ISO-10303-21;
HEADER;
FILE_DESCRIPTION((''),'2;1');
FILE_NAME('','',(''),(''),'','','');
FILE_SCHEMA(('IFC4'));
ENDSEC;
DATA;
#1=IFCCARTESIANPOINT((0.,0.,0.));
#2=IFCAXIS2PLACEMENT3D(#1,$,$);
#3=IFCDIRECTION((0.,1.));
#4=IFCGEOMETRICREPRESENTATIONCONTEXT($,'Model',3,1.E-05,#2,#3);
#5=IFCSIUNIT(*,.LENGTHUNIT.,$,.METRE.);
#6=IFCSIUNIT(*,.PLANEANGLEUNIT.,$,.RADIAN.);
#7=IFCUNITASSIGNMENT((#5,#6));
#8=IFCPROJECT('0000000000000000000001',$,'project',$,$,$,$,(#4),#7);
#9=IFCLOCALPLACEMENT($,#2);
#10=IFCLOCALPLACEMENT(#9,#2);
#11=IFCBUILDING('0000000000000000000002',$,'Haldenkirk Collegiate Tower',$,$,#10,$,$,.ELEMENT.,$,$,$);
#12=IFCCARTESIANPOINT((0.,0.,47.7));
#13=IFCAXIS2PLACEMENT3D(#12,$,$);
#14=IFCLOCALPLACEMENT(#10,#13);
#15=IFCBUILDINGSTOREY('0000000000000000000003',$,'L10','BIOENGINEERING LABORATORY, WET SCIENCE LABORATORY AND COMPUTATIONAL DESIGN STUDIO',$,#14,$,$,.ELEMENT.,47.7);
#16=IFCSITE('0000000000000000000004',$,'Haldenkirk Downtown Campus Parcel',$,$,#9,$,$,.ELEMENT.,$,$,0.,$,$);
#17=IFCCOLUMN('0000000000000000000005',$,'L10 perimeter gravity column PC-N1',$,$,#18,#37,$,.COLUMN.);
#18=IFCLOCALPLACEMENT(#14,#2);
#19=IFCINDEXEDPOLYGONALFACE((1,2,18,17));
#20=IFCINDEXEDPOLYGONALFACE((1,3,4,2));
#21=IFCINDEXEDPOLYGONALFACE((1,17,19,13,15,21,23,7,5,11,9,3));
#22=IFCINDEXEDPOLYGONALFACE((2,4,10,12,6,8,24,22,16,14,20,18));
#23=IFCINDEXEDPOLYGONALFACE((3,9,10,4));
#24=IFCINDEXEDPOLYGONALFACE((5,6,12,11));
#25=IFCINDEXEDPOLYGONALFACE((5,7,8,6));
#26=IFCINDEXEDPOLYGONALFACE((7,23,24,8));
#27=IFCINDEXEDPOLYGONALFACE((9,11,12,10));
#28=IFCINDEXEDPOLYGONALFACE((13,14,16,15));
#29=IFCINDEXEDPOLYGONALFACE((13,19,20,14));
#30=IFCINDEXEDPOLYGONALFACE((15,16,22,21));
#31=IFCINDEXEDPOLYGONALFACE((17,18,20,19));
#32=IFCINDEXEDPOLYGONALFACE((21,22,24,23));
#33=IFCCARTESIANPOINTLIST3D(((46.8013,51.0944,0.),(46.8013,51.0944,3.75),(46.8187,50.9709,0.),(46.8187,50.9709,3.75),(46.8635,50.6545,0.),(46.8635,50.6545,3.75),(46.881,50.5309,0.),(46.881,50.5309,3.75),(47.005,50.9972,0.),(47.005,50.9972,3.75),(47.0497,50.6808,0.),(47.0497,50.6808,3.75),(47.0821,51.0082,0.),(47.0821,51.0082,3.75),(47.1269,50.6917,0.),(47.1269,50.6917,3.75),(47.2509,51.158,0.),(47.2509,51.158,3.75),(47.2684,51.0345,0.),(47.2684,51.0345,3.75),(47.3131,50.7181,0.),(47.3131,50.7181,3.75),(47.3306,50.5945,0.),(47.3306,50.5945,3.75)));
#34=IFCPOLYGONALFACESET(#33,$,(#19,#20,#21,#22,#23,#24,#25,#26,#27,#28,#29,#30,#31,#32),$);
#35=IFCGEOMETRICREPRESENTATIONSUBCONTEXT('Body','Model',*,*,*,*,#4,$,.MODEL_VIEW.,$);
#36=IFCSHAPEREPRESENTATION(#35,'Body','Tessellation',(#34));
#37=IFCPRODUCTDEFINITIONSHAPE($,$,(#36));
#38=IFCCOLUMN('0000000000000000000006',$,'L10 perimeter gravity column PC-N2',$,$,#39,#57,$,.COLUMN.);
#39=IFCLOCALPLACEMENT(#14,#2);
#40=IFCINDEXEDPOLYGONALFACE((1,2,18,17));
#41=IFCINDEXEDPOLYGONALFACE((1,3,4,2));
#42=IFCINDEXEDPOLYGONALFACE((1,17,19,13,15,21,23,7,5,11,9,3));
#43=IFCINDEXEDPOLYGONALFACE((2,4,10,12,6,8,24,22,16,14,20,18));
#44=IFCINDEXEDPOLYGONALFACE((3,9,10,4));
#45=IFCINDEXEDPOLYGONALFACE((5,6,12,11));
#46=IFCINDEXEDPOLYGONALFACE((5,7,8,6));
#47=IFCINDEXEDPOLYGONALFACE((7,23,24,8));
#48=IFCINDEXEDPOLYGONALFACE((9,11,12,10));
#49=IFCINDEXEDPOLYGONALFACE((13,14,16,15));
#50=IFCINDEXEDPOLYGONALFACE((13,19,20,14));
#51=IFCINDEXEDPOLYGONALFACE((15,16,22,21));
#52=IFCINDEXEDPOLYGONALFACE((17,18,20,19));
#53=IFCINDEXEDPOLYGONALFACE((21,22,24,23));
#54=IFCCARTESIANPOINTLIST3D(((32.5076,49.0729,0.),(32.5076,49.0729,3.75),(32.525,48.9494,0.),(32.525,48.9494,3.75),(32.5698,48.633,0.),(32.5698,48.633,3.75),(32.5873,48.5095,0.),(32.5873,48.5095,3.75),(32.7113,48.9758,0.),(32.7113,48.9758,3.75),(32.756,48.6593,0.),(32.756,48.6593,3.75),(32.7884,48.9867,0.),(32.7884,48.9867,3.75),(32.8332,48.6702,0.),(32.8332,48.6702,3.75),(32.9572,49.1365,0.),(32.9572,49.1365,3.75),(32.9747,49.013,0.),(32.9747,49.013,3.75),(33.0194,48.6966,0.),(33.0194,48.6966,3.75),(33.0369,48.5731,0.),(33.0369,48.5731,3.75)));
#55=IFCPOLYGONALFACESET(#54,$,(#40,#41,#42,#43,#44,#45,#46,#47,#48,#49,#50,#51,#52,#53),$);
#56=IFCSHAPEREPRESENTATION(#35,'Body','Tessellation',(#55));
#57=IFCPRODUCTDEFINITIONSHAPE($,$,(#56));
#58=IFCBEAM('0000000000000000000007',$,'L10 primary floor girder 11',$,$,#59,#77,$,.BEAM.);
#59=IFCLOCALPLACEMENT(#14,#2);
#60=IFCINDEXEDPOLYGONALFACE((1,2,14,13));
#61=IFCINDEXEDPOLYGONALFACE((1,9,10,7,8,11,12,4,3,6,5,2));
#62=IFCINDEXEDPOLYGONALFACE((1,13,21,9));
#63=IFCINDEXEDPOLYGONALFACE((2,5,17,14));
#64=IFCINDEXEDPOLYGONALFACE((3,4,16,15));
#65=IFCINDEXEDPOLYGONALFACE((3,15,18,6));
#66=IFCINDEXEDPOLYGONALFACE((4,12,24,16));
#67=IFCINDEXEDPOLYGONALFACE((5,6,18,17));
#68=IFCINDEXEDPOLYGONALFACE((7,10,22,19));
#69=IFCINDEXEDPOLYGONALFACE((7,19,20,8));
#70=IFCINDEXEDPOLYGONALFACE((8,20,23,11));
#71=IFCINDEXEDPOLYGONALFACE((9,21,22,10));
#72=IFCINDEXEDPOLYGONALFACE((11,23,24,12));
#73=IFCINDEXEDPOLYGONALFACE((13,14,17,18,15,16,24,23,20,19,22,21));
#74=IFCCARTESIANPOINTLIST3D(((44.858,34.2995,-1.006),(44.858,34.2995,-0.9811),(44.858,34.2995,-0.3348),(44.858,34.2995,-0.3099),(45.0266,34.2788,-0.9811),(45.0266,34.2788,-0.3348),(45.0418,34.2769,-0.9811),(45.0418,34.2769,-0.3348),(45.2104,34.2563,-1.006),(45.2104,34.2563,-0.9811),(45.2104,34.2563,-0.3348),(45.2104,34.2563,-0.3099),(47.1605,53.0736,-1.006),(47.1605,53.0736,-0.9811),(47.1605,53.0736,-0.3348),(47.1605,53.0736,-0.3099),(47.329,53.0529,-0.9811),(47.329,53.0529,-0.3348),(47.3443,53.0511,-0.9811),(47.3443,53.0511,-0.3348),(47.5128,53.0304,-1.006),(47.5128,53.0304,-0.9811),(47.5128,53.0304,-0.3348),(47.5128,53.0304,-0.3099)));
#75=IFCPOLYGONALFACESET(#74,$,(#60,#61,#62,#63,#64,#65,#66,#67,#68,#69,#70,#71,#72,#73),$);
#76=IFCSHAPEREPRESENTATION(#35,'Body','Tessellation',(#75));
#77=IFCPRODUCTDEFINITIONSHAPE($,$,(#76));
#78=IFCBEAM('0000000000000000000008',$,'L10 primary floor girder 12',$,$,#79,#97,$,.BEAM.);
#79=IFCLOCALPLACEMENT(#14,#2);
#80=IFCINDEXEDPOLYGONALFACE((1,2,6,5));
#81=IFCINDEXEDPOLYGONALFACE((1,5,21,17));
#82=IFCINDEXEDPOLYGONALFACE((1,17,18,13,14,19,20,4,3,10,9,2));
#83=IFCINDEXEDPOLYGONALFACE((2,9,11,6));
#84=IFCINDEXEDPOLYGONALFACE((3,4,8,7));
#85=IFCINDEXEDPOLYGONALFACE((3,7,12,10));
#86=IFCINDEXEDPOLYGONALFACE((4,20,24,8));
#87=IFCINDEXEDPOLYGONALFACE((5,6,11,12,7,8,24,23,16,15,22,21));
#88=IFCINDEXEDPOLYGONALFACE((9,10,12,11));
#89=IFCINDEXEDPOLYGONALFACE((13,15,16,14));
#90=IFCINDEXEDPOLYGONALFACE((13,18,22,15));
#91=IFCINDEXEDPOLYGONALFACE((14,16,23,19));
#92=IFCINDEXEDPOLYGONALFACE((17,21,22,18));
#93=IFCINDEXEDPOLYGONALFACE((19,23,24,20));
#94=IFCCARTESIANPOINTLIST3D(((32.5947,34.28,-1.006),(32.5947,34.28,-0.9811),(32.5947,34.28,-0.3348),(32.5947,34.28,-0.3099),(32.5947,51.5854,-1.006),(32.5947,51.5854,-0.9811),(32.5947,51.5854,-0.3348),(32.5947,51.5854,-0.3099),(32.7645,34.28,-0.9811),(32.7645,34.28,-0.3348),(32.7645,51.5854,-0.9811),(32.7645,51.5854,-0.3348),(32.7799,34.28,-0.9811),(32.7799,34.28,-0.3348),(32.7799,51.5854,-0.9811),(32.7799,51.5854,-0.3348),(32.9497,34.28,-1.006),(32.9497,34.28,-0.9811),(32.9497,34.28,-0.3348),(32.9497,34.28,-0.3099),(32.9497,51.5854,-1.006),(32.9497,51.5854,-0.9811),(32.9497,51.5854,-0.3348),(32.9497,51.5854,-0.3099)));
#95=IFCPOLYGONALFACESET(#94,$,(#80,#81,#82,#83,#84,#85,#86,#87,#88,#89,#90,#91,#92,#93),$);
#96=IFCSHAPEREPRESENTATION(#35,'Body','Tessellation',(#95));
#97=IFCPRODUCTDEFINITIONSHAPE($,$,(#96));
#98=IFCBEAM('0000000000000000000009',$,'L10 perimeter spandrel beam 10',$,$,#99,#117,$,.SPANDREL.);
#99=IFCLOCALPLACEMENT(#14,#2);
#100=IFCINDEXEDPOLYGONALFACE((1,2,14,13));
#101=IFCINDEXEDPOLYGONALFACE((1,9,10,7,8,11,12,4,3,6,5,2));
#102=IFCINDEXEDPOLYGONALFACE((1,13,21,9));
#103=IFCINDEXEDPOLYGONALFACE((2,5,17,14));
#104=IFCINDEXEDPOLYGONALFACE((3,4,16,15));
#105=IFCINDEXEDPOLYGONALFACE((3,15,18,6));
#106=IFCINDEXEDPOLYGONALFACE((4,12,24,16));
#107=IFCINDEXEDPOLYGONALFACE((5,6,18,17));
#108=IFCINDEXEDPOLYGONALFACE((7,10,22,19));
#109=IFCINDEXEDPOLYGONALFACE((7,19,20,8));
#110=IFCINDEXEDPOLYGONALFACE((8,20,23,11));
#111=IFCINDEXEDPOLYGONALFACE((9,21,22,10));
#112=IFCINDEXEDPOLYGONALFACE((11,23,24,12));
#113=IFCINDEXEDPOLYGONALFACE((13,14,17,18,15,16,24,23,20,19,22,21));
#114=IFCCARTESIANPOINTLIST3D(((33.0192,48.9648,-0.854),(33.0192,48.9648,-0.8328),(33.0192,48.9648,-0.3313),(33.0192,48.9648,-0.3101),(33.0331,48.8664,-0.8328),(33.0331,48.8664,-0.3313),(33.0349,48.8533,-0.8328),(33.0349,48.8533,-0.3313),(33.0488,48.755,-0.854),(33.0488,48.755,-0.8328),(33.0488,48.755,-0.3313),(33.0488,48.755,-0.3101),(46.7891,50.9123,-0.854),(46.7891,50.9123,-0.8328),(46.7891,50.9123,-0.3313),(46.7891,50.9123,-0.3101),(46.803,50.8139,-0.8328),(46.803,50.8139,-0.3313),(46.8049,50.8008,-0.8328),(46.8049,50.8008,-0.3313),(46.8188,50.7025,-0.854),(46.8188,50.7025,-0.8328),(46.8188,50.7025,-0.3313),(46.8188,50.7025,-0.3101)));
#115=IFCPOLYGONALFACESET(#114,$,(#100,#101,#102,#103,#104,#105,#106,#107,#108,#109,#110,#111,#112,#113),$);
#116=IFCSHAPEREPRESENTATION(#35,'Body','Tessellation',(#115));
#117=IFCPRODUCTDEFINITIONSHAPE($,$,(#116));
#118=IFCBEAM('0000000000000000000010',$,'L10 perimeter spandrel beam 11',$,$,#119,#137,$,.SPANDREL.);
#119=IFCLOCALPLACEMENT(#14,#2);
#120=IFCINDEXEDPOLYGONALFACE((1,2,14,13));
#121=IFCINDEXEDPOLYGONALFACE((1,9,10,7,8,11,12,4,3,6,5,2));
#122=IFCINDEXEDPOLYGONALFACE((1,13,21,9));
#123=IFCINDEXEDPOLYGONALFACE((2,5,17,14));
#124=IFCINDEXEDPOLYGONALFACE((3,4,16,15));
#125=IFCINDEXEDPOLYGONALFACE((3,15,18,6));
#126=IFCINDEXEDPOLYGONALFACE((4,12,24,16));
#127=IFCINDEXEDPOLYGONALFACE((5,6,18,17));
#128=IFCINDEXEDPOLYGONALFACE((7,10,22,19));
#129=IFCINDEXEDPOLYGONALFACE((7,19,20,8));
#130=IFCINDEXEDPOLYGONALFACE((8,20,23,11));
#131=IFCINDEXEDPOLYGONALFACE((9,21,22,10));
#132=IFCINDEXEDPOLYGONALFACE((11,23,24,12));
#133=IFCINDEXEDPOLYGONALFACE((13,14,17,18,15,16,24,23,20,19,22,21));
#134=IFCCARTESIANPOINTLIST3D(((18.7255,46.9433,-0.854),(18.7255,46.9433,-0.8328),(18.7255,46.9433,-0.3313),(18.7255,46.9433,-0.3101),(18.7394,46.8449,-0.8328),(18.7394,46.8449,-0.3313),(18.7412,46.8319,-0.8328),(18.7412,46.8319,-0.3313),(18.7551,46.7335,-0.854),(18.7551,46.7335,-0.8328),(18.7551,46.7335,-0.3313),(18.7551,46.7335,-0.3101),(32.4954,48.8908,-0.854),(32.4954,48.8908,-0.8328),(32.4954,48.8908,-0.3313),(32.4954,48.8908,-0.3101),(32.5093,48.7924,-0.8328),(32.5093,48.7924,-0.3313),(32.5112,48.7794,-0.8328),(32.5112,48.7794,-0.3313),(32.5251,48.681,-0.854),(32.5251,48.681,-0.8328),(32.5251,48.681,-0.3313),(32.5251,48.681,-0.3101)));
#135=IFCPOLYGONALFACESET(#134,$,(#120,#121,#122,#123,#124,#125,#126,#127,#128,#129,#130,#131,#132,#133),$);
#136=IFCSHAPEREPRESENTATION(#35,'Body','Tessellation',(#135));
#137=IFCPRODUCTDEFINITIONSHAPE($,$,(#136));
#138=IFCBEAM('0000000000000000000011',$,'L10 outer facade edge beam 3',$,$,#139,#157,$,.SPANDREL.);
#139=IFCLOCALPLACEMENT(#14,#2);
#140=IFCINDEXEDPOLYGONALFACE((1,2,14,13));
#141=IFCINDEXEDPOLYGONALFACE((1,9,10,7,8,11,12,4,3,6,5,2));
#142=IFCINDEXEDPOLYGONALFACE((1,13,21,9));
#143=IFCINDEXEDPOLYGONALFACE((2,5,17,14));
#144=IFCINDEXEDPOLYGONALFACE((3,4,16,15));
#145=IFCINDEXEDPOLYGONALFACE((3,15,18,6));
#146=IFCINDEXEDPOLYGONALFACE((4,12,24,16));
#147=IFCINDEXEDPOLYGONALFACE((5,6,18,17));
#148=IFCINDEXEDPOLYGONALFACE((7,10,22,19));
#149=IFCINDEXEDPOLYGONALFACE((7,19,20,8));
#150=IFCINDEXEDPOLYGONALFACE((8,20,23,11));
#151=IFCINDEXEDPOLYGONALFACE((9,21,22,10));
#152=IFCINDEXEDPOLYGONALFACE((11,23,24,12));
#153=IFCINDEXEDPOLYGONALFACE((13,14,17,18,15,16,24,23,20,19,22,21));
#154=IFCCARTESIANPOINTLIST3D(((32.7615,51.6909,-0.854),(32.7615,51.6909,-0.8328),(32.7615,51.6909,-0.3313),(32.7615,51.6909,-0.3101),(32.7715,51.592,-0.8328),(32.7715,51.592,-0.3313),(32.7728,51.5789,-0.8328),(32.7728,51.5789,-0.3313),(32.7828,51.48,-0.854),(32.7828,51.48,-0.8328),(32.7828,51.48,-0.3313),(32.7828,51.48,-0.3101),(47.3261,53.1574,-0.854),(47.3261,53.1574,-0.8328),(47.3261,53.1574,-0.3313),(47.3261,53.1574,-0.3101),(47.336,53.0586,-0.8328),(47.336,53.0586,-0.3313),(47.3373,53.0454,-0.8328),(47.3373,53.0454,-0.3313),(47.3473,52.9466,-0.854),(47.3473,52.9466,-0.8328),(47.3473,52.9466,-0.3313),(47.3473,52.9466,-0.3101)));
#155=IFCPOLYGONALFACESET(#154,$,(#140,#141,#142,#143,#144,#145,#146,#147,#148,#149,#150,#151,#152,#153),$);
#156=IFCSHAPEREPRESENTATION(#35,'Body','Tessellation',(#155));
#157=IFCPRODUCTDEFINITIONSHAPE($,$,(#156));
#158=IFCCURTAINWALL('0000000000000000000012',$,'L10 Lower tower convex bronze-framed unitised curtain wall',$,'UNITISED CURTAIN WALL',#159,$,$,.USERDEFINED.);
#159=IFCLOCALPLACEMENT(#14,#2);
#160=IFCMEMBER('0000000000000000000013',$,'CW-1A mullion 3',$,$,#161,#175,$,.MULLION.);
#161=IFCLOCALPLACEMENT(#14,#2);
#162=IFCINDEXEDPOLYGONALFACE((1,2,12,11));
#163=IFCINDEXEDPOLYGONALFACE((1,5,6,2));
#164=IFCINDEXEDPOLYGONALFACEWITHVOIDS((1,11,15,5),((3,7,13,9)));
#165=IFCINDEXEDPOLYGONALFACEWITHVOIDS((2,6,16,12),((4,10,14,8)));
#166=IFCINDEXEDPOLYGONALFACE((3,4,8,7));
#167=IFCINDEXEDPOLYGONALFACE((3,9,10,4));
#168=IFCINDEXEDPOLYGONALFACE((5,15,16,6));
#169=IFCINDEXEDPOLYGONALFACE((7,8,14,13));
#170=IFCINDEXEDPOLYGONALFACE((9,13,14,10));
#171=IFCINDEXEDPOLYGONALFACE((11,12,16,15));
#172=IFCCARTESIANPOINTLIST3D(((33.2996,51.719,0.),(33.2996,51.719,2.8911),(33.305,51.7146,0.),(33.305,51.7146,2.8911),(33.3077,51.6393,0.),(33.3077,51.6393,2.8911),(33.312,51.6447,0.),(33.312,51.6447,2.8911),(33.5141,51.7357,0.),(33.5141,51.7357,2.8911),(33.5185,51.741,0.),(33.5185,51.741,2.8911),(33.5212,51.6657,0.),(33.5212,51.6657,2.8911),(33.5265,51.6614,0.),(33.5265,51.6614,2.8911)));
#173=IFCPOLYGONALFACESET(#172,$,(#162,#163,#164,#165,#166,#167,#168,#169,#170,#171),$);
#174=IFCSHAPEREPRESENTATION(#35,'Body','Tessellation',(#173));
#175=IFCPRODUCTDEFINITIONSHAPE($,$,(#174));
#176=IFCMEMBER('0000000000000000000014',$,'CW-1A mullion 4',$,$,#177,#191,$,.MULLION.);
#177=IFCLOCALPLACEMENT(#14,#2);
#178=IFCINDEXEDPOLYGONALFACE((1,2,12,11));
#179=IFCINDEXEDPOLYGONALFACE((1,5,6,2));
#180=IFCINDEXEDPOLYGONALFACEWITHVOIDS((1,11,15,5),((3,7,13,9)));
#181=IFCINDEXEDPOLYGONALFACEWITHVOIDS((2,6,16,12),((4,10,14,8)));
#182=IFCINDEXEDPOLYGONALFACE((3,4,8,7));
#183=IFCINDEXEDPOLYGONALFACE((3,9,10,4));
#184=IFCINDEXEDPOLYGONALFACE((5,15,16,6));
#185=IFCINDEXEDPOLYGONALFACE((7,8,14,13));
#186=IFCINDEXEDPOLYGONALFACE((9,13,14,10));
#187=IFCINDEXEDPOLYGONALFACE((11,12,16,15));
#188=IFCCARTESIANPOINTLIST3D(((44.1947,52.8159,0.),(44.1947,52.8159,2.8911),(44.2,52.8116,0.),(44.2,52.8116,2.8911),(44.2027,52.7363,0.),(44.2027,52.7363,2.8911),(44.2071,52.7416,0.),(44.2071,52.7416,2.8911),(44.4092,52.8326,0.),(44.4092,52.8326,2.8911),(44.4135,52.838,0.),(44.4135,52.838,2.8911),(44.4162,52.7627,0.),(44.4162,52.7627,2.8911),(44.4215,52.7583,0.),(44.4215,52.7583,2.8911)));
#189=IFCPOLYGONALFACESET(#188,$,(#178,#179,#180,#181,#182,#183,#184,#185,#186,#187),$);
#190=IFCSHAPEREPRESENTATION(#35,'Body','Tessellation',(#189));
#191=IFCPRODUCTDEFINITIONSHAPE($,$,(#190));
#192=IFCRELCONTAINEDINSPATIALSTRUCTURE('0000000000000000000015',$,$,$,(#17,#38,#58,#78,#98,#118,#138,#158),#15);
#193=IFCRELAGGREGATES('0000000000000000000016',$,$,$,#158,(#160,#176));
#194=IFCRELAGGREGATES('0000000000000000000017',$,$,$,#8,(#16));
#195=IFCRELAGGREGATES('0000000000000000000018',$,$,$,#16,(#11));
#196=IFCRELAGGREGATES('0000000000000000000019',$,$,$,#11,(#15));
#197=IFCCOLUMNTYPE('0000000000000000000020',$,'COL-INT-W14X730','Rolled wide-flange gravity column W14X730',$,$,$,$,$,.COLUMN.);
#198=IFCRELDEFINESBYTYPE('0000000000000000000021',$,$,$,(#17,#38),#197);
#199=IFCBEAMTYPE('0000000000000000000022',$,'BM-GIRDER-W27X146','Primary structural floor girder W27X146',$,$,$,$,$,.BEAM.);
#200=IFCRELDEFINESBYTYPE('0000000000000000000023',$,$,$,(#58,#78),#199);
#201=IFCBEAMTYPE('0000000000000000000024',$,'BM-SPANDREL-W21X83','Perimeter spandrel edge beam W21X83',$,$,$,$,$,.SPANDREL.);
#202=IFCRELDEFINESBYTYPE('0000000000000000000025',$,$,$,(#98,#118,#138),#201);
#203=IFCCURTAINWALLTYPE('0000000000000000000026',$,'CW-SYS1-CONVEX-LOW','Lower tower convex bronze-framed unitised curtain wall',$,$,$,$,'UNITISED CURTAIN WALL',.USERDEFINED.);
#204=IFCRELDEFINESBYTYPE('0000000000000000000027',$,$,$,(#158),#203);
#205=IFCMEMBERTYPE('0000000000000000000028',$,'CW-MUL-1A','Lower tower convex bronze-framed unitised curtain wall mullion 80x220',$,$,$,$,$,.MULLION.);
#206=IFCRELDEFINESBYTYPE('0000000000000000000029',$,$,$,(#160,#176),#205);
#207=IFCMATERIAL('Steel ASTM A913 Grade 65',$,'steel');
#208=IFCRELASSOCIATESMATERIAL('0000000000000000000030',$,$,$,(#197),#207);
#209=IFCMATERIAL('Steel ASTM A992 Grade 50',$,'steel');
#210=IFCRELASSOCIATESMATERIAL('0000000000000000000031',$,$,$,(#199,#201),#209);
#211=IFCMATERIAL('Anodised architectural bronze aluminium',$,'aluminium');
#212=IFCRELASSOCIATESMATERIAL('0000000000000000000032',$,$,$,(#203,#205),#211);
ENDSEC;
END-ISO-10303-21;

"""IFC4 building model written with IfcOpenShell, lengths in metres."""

from ifc_helpers import new_model, si_unit, direction, frame, origin, origin_2d, place, context, subcontext, project, spatial, hollow_rectangle, i_section, extrude, material, material_profile, profile_set, type_object, element, aggregate, save


model = new_model("IFC4")

# Units and contexts
model_context = context("Model", 3, precision=1e-05, world=origin(), true_north=direction((0.0, 1.0)))
body_context = subcontext(model_context, "Body", "Model", "MODEL_VIEW")
ifc_project = project(units=[si_unit("LENGTHUNIT", "METRE"), si_unit("PLANEANGLEUNIT", "RADIAN")], contexts=[model_context])

# Site, building, storey
site_placement = place(None, origin())
site = spatial("IfcSite", under=ifc_project, at=site_placement, Name="Haldenkirk Downtown Campus Parcel", CompositionType="ELEMENT", RefElevation=0.0)
building_placement = place(site_placement, origin())
building = spatial("IfcBuilding", under=site, at=building_placement, Name="Haldenkirk Collegiate Tower", CompositionType="ELEMENT")
storey_placement = place(building_placement, frame((0.0, 0.0, 47.7)))
storey = spatial("IfcBuildingStorey", under=building, at=storey_placement, Name="L10", Description="BIOENGINEERING LABORATORY, WET SCIENCE LABORATORY AND COMPUTATIONAL DESIGN STUDIO", CompositionType="ELEMENT", Elevation=47.7)

# Columns
ifc_material_1 = material(Name="Steel ASTM A913 Grade 65", Category="steel")
ifc_material_profile_1 = material_profile(ifc_material_1, i_section(OverallWidth=0.4541, OverallDepth=0.5691, WebThickness=0.0779, FlangeThickness=0.1248, at=origin_2d()), Name="W14X730")
ifc_profile_set_1 = profile_set([ifc_material_profile_1], Name="Steel ASTM A913 Grade 65")
column_type = type_object("IfcColumnType", Name="COL-INT-W14X730", Description="Rolled wide-flange gravity column W14X730", PredefinedType="COLUMN", material=ifc_profile_set_1)
for number, where, z_axis, x_axis, name in (
    (1, (47.0659, 50.8445, 0.0), (0.0, 0.0, 1.0), (0.990146, 0.140037, 0.0), "L10 perimeter gravity column PC-N1"),
    (2, (32.7722, 48.823, 0.0), (0.0, 0.0, 1.0), (0.990146, 0.140037, 0.0), "L10 perimeter gravity column PC-N2"),
):
    element("IfcColumn", number, at=place(storey_placement, frame(where, z_axis=z_axis, x_axis=x_axis)), inside=storey, type_object=column_type, Name=name, PredefinedType="COLUMN", context=body_context, shape_type="SweptSolid", body=[
        extrude(i_section(OverallWidth=0.4541, OverallDepth=0.5691, WebThickness=0.0779, FlangeThickness=0.1248, at=origin_2d()), origin(), (0.0, 0.0, 1.0), 3.75),
    ])

# Beams
ifc_material_2 = material(Name="Steel ASTM A992 Grade 50", Category="steel")
ifc_material_profile_2 = material_profile(ifc_material_2, i_section(OverallWidth=0.355, OverallDepth=0.696, WebThickness=0.0154, FlangeThickness=0.0249, at=origin_2d()), Name="W27X146")
ifc_profile_set_2 = profile_set([ifc_material_profile_2], Name="Steel ASTM A992 Grade 50")
beam_type_1 = type_object("IfcBeamType", Name="BM-GIRDER-W27X146", Description="Primary structural floor girder W27X146", PredefinedType="BEAM", material=ifc_profile_set_2)
beam_1_placement = place(storey_placement, frame((47.3367, 53.052, -0.658), z_axis=(-0.121729, -0.992563, 0.0), x_axis=(0.992563, -0.121729, 0.0)))
element("IfcBeam", 3, at=beam_1_placement, inside=storey, type_object=beam_type_1, Name="L10 primary floor girder 11", PredefinedType="BEAM", context=body_context, shape_type="SweptSolid", body=[
    extrude(i_section(OverallWidth=0.355, OverallDepth=0.696, WebThickness=0.0154, FlangeThickness=0.0249, at=origin_2d()), origin(), (0.0, 0.0, 1.0), 18.9148),
])
beam_2_placement = place(storey_placement, frame((32.7722, 51.5854, -0.658), z_axis=(0.0, -1.0, 0.0), x_axis=(1.0, 0.0, 0.0)))
element("IfcBeam", 4, at=beam_2_placement, inside=storey, type_object=beam_type_1, Name="L10 primary floor girder 12", PredefinedType="BEAM", context=body_context, shape_type="SweptSolid", body=[
    extrude(i_section(OverallWidth=0.355, OverallDepth=0.696, WebThickness=0.0154, FlangeThickness=0.0249, at=origin_2d()), origin(), (0.0, 0.0, 1.0), 17.3054),
])
ifc_material_profile_3 = material_profile(ifc_material_2, i_section(OverallWidth=0.2119, OverallDepth=0.5439, WebThickness=0.0132, FlangeThickness=0.0212, at=origin_2d()), Name="W21X83")
ifc_profile_set_3 = profile_set([ifc_material_profile_3], Name="Steel ASTM A992 Grade 50")
beam_type_2 = type_object("IfcBeamType", Name="BM-SPANDREL-W21X83", Description="Perimeter spandrel edge beam W21X83", PredefinedType="SPANDREL", material=ifc_profile_set_3)
for number, where, z_axis, x_axis, name in (
    (5, (46.804, 50.8074, -0.582), (-0.990146, -0.140038, 0.0), (0.140038, -0.990146, 0.0), "L10 perimeter spandrel beam 10"),
    (6, (32.5103, 48.7859, -0.582), (-0.990146, -0.140038, 0.0), (0.140038, -0.990146, 0.0), "L10 perimeter spandrel beam 11"),
):
    element("IfcBeam", number, at=place(storey_placement, frame(where, z_axis=z_axis, x_axis=x_axis)), inside=storey, type_object=beam_type_2, Name=name, PredefinedType="SPANDREL", context=body_context, shape_type="SweptSolid", body=[
        extrude(i_section(OverallWidth=0.2119, OverallDepth=0.5439, WebThickness=0.0132, FlangeThickness=0.0212, at=origin_2d()), origin(), (0.0, 0.0, 1.0), 13.907),
    ])
beam_3_placement = place(storey_placement, frame((47.3367, 53.052, -0.582), z_axis=(-0.994969, -0.100187, 0.0), x_axis=(0.100187, -0.994969, 0.0)))
element("IfcBeam", 7, at=beam_3_placement, inside=storey, type_object=beam_type_2, Name="L10 outer facade edge beam 3", PredefinedType="SPANDREL", context=body_context, shape_type="SweptSolid", body=[
    extrude(i_section(OverallWidth=0.2119, OverallDepth=0.5439, WebThickness=0.0132, FlangeThickness=0.0212, at=origin_2d()), origin(), (0.0, 0.0, 1.0), 14.6382),
])

# Curtain wall, members
ifc_material_3 = material(Name="Anodised architectural bronze aluminium", Category="aluminium")
curtain_wall_type = type_object("IfcCurtainWallType", Name="CW-SYS1-CONVEX-LOW", Description="Lower tower convex bronze-framed unitised curtain wall", ElementType="UNITISED CURTAIN WALL", PredefinedType="USERDEFINED", material=ifc_material_3)
curtain_wall_placement = place(storey_placement, origin())
curtain_wall = element("IfcCurtainWall", 8, at=curtain_wall_placement, inside=storey, type_object=curtain_wall_type, Name="L10 Lower tower convex bronze-framed unitised curtain wall", ObjectType="UNITISED CURTAIN WALL", PredefinedType="USERDEFINED")
ifc_material_profile_4 = material_profile(ifc_material_3, hollow_rectangle(XDim=0.0801, YDim=0.22, WallThickness=0.0049, at=origin_2d()), Name="CW-MUL-1A")
ifc_profile_set_4 = profile_set([ifc_material_profile_4], Name="Anodised architectural bronze aluminium")
member_type_1 = type_object("IfcMemberType", Name="CW-MUL-1A", Description="Lower tower convex bronze-framed unitised curtain wall mullion 80x220", PredefinedType="MULLION", material=ifc_profile_set_4)
member_1_placement = place(storey_placement, frame((33.4131, 51.6902, 0.0), z_axis=(0.0, 0.0, 1.0), x_axis=(-0.100187, 0.994969, 0.0)))
member_1 = element("IfcMember", 9, at=member_1_placement, type_object=member_type_1, Name="CW-1A mullion 3", PredefinedType="MULLION", context=body_context, shape_type="SweptSolid", body=[
    extrude(hollow_rectangle(XDim=0.0801, YDim=0.22, WallThickness=0.0049, at=origin_2d()), origin(), (0.0, 0.0, 1.0), 2.8911),
])
member_2_placement = place(storey_placement, frame((44.3081, 52.7871, 0.0), z_axis=(0.0, 0.0, 1.0), x_axis=(-0.100187, 0.994969, 0.0)))
member_2 = element("IfcMember", 10, at=member_2_placement, type_object=member_type_1, Name="CW-1A mullion 4", PredefinedType="MULLION", context=body_context, shape_type="SweptSolid", body=[
    extrude(hollow_rectangle(XDim=0.0801, YDim=0.22, WallThickness=0.0049, at=origin_2d()), origin(), (0.0, 0.0, 1.0), 2.8911),
])

aggregate(curtain_wall, [member_1, member_2])

save(model, "model.ifc")
